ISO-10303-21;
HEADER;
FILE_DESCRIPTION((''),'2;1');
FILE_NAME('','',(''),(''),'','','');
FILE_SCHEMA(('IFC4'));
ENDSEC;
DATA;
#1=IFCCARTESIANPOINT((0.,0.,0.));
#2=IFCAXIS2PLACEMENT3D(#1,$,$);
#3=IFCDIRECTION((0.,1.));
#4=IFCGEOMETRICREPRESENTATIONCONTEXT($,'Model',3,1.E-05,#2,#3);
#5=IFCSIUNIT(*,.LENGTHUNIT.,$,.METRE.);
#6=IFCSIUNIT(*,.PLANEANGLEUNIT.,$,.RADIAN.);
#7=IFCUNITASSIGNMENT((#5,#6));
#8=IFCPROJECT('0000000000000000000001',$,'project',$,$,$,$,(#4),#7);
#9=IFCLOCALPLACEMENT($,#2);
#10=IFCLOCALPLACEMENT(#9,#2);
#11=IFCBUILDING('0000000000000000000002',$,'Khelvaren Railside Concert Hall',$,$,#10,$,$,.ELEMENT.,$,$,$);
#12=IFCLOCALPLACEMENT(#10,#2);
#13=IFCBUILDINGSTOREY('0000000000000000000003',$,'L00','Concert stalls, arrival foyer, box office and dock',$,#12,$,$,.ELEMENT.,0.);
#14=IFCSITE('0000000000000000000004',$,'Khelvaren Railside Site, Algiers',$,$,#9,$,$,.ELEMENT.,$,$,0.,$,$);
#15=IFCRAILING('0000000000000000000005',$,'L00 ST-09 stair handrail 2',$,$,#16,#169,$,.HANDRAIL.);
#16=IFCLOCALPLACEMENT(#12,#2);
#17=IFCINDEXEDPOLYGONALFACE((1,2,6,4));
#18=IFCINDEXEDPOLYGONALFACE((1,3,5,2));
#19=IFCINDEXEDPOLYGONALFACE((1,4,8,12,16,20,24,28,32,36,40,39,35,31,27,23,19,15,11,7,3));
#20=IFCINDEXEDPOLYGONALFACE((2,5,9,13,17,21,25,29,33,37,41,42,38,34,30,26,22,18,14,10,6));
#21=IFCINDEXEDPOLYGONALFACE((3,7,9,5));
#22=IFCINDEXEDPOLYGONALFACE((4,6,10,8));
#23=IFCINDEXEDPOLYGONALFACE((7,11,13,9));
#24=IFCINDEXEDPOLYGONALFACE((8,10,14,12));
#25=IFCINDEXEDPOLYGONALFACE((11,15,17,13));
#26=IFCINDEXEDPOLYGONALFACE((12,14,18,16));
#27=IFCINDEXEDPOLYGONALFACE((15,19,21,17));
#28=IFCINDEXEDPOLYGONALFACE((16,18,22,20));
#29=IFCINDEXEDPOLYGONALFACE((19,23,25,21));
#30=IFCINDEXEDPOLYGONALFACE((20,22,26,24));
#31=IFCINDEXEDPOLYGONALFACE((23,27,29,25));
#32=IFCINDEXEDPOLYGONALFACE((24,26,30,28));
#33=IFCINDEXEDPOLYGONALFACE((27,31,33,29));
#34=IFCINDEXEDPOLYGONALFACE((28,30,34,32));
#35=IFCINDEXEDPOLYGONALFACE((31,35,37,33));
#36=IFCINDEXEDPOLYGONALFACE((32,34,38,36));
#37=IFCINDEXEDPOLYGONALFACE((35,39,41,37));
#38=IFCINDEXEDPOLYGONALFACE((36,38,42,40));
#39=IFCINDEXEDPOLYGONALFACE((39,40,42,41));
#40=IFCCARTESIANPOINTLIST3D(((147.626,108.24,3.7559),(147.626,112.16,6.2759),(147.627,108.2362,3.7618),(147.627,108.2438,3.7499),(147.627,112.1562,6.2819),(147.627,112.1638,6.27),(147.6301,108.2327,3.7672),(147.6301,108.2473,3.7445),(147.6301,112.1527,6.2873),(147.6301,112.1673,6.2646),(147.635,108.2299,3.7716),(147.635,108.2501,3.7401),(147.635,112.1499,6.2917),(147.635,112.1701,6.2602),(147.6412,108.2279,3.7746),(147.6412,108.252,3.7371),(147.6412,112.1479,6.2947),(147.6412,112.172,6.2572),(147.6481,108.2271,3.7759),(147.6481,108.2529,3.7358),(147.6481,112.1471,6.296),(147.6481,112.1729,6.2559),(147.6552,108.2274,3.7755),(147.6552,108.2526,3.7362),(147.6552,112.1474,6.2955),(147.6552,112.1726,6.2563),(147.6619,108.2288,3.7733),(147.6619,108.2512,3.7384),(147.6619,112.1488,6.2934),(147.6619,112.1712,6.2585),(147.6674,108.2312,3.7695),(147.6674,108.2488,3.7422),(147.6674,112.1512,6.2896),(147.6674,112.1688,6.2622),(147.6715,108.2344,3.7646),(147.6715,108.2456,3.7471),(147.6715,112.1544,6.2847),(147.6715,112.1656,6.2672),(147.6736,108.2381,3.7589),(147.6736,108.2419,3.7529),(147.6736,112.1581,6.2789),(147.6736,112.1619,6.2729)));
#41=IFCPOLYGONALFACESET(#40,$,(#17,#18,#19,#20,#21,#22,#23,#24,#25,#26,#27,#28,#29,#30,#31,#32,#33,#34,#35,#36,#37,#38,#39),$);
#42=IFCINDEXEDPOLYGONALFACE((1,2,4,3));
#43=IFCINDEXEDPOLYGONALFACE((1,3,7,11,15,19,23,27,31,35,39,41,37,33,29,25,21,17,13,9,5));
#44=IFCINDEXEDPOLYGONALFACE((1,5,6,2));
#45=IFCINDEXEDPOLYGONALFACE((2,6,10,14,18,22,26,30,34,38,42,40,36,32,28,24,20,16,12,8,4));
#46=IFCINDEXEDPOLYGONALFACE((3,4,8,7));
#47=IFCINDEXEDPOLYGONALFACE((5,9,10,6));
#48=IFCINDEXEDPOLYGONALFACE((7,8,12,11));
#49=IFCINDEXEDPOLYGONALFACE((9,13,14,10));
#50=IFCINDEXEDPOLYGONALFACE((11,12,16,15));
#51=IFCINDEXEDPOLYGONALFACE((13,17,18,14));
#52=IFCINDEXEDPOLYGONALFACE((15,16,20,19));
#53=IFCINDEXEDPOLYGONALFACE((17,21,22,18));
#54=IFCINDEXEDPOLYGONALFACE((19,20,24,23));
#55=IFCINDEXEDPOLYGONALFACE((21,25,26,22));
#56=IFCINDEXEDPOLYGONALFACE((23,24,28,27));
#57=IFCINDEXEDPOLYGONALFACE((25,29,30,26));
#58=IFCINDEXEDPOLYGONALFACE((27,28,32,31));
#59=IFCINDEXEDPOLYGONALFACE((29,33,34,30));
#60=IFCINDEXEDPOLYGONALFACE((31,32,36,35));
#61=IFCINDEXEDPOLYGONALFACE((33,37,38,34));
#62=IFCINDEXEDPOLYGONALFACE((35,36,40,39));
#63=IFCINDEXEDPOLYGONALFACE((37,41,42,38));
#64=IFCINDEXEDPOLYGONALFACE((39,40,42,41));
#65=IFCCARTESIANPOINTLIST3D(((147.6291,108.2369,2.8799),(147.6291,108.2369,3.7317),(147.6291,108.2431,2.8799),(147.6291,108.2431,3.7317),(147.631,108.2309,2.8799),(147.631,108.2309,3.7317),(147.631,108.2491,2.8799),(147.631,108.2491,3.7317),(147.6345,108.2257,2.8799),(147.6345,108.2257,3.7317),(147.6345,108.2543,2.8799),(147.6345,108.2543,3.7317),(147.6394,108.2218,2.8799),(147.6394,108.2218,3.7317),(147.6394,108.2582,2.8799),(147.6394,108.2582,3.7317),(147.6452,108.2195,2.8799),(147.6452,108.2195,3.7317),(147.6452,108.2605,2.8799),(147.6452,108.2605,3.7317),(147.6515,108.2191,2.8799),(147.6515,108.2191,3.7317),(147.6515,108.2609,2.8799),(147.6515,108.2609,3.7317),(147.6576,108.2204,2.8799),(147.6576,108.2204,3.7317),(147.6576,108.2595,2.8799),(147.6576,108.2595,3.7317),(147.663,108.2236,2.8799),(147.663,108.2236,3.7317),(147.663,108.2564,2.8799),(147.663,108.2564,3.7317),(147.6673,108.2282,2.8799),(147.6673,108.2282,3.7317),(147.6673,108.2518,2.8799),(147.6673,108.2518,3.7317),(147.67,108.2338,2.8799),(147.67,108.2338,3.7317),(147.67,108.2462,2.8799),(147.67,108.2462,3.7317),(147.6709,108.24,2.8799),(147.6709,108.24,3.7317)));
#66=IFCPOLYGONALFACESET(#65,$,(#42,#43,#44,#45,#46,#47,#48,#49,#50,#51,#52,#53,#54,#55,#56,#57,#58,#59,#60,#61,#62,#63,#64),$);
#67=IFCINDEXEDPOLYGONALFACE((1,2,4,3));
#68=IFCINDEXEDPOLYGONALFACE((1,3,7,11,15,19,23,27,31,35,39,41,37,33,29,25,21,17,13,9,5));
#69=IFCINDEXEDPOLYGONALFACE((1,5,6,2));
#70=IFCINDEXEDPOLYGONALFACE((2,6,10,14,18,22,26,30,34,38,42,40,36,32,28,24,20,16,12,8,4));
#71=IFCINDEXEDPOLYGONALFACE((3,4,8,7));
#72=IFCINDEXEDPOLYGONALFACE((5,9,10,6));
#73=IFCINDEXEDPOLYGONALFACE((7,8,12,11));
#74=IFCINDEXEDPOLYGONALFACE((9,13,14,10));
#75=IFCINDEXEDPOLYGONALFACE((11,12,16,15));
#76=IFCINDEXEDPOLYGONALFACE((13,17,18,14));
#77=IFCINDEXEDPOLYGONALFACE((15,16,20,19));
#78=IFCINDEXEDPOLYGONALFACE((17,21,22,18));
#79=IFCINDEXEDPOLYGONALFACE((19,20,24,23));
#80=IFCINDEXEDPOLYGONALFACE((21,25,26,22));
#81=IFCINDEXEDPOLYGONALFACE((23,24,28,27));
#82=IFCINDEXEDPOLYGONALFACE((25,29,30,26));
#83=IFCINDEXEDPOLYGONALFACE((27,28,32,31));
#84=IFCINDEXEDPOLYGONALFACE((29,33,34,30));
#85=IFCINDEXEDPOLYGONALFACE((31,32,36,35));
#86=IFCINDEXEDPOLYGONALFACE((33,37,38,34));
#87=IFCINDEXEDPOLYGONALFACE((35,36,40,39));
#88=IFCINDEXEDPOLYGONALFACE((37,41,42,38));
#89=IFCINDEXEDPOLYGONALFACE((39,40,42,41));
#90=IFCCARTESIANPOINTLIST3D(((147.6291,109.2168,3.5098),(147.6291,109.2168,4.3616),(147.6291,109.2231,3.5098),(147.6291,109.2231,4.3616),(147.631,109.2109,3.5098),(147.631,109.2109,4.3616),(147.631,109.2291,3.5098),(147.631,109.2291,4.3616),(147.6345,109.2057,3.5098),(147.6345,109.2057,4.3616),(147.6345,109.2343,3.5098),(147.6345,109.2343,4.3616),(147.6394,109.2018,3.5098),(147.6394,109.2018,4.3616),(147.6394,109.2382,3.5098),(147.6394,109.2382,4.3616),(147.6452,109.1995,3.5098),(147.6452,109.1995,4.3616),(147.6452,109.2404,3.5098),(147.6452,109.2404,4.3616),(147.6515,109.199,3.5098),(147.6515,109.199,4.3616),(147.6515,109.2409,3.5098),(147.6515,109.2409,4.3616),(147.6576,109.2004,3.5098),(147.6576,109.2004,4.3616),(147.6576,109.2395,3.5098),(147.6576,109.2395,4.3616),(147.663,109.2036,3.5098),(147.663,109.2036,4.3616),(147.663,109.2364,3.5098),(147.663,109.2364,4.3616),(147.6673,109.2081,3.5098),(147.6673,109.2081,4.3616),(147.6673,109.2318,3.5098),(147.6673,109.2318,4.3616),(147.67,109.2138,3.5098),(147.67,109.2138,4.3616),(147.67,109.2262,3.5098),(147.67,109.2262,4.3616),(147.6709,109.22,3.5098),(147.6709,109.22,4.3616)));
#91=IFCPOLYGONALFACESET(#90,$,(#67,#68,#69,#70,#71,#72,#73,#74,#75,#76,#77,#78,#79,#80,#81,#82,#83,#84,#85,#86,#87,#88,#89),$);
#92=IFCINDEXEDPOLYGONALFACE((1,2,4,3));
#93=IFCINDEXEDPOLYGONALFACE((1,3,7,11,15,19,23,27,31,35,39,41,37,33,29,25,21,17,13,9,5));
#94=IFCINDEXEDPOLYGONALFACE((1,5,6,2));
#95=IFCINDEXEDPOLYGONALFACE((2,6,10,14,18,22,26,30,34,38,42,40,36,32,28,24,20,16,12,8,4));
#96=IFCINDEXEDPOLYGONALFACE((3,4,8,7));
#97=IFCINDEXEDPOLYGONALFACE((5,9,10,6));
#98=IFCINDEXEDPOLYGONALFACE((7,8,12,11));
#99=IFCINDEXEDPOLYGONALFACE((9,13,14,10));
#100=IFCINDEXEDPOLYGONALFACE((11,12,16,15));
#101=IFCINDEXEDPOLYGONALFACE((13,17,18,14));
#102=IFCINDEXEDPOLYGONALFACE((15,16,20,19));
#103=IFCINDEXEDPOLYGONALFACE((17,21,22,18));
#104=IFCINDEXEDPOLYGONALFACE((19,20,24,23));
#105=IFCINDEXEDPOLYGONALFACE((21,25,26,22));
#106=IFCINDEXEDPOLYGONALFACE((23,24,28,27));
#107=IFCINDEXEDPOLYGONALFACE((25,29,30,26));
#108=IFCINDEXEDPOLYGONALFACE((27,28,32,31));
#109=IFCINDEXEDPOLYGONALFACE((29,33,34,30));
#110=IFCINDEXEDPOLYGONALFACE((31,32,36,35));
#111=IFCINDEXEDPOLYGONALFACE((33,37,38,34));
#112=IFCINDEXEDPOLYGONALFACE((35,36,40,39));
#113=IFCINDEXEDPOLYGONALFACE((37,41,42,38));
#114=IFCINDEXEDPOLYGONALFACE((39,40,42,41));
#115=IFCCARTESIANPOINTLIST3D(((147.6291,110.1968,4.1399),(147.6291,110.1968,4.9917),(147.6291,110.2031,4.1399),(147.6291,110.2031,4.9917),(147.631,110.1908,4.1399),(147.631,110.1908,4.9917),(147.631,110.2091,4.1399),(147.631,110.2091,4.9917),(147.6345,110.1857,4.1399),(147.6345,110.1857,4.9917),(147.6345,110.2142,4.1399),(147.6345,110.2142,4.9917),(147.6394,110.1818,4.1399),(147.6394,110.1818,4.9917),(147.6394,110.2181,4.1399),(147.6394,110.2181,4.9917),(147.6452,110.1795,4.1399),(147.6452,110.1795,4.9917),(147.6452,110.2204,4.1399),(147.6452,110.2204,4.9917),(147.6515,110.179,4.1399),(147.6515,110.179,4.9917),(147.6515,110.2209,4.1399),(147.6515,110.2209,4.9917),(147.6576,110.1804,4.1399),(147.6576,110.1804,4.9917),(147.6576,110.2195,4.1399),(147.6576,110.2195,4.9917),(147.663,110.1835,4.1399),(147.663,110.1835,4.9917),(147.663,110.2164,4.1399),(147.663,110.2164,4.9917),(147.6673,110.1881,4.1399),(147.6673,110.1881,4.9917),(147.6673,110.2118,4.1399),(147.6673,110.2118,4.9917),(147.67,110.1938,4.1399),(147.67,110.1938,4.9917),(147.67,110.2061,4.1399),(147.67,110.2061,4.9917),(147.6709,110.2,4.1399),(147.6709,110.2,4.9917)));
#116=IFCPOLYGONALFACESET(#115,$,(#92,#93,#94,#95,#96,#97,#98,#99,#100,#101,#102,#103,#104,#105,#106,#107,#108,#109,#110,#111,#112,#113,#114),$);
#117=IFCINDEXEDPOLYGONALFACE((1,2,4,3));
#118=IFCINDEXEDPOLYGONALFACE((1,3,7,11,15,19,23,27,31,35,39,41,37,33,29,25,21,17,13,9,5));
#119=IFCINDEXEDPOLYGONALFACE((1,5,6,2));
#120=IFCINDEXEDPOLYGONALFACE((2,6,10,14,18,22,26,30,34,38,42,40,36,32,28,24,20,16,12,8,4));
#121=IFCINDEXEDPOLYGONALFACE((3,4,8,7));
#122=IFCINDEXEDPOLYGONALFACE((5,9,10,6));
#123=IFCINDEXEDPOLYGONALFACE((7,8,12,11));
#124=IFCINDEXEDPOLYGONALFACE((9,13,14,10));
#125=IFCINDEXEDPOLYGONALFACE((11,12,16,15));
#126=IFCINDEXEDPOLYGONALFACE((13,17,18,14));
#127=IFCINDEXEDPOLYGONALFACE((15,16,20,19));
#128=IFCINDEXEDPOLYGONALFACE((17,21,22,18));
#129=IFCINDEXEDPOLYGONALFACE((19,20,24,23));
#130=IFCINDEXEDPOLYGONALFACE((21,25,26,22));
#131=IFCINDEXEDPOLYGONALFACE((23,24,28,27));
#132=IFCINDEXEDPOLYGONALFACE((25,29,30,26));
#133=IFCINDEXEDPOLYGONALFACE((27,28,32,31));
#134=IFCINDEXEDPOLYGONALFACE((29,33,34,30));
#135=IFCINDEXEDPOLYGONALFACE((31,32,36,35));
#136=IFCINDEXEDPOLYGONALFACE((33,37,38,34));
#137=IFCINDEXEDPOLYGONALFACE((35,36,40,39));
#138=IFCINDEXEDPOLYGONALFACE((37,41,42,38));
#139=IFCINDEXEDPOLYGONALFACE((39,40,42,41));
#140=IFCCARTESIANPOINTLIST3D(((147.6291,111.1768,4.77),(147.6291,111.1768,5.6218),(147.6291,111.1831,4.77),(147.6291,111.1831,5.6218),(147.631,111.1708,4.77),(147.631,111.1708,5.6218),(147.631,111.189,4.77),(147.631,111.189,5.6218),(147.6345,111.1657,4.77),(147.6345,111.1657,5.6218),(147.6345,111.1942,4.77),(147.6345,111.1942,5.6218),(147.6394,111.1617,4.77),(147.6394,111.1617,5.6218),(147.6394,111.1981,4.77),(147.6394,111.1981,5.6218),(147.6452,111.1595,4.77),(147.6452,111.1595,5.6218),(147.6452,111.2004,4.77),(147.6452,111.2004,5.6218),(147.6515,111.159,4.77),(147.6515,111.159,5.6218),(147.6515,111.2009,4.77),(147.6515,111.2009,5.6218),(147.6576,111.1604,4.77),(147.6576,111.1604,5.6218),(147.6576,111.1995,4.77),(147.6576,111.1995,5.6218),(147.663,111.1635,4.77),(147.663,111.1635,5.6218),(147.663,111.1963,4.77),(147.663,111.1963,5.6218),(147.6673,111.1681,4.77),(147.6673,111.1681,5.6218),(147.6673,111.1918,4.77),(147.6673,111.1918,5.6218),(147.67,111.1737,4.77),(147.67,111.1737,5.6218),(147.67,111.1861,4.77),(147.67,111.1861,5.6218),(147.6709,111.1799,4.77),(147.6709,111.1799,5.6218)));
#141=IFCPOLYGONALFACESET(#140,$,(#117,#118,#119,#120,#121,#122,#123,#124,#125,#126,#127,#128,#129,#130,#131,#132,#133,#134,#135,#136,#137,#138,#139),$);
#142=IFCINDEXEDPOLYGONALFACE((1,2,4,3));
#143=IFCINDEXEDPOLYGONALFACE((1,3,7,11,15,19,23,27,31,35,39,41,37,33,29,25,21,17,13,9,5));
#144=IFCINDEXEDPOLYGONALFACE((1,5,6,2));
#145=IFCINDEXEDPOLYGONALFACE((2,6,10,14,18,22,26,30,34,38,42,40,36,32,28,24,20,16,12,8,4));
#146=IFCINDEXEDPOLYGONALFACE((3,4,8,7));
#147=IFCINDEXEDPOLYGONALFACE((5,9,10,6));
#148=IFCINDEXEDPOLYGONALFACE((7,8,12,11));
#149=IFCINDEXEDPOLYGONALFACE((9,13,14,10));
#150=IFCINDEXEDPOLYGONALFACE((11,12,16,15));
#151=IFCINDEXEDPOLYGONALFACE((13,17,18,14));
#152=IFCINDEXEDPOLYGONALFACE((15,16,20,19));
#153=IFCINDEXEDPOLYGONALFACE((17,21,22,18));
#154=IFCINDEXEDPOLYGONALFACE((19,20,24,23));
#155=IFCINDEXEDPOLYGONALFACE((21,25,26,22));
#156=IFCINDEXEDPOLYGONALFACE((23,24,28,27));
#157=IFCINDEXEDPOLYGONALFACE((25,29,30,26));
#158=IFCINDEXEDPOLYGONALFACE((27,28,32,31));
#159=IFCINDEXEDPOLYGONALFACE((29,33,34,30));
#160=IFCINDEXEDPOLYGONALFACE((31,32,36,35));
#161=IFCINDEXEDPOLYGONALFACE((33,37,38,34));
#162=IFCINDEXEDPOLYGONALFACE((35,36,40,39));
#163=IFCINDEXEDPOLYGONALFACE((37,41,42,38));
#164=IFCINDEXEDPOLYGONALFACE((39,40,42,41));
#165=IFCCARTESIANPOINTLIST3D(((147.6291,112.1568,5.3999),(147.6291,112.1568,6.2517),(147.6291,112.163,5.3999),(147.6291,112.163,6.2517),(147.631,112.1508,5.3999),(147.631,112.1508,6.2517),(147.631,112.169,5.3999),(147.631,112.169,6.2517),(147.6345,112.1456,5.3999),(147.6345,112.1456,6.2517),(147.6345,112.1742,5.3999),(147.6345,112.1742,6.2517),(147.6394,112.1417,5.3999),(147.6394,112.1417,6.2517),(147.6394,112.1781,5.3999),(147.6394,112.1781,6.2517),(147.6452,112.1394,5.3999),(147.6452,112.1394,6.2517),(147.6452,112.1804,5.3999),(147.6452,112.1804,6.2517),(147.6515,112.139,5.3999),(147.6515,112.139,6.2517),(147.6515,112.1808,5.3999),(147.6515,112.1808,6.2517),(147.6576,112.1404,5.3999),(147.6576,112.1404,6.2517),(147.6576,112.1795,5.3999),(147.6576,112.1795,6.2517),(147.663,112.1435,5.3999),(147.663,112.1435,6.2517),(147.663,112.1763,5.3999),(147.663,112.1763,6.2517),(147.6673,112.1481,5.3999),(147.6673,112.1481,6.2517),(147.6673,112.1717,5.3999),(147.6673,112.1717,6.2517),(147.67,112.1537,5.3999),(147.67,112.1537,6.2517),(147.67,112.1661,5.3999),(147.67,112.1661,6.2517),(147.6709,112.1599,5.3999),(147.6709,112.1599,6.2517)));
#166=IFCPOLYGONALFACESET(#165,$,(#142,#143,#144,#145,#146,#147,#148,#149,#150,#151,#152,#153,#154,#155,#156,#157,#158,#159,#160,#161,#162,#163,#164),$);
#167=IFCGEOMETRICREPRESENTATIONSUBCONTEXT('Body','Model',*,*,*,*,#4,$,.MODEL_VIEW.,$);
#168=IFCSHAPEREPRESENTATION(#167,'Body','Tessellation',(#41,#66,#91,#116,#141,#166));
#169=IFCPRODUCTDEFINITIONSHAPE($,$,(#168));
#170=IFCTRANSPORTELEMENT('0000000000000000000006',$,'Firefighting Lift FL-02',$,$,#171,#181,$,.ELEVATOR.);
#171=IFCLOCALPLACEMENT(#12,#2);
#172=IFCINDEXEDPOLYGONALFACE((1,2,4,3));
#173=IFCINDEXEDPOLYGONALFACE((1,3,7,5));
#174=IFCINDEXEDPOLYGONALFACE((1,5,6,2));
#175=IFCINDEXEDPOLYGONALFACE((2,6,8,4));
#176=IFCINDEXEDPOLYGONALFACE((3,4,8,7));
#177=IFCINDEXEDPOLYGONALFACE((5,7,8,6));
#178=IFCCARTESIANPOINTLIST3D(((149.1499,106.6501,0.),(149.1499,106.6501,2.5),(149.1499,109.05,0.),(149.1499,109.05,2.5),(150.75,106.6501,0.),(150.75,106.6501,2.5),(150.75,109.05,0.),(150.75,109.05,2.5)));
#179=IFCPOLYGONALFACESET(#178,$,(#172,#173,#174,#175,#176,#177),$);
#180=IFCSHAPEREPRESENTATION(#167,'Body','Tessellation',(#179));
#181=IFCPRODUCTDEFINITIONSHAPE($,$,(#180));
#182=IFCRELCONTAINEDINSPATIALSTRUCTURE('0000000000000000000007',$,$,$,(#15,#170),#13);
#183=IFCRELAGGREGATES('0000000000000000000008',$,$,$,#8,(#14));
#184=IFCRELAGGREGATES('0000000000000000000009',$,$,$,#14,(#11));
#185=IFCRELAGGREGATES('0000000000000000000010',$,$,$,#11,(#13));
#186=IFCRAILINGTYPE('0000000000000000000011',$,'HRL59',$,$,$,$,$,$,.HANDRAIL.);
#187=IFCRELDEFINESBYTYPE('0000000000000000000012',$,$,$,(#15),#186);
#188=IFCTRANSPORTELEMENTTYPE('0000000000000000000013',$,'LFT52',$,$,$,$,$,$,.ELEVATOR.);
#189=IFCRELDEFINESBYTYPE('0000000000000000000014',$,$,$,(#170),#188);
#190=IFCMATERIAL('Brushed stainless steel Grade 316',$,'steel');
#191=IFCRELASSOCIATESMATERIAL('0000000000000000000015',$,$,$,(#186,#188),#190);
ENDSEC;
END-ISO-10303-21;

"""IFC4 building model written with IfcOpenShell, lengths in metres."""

from ifc_helpers import new_model, si_unit, direction, frame, origin, origin_2d, place, context, subcontext, project, spatial, rectangle, circle, extrude, material, type_object, element, save


model = new_model("IFC4")

# Units and contexts
model_context = context("Model", 3, precision=1e-05, world=origin(), true_north=direction((0.0, 1.0)))
body_context = subcontext(model_context, "Body", "Model", "MODEL_VIEW")
ifc_project = project(units=[si_unit("LENGTHUNIT", "METRE"), si_unit("PLANEANGLEUNIT", "RADIAN")], contexts=[model_context])

# Site, building, storey
site_placement = place(None, origin())
site = spatial("IfcSite", under=ifc_project, at=site_placement, Name="Khelvaren Railside Site, Algiers", CompositionType="ELEMENT", RefElevation=0.0)
building_placement = place(site_placement, origin())
building = spatial("IfcBuilding", under=site, at=building_placement, Name="Khelvaren Railside Concert Hall", CompositionType="ELEMENT")
storey_placement = place(building_placement, origin())
storey = spatial("IfcBuildingStorey", under=building, at=storey_placement, Name="L00", Description="Concert stalls, arrival foyer, box office and dock", CompositionType="ELEMENT", Elevation=0.0)

# Railing
ifc_material_1 = material(Name="Brushed stainless steel Grade 316", Category="steel")
railing_type_1 = type_object("IfcRailingType", Name="HRL59", PredefinedType="HANDRAIL", material=ifc_material_1)
railing_1_placement = place(storey_placement, frame((147.6499, 108.24, 2.8799)))
element("IfcRailing", 1, at=railing_1_placement, inside=storey, type_object=railing_type_1, Name="L00 ST-09 stair handrail 2", PredefinedType="HANDRAIL", context=body_context, shape_type="SweptSolid", body=[
    extrude(circle(Radius=0.0239, at=origin_2d()), frame((0.0, 0.0, 0.876), z_axis=(0.0, 0.841172, 0.540768), x_axis=(-1.0, 0.0, 0.0)), (0.0, 0.0, 1.0), 4.6602),
    extrude(circle(Radius=0.021, at=origin_2d()), origin(), (0.0, 0.0, 1.0), 0.8518),
    extrude(circle(Radius=0.021, at=origin_2d()), frame((0.0, 0.98, 0.6299)), (0.0, 0.0, 1.0), 0.8518),
    extrude(circle(Radius=0.021, at=origin_2d()), frame((0.0, 1.96, 1.26)), (0.0, 0.0, 1.0), 0.8518),
    extrude(circle(Radius=0.021, at=origin_2d()), frame((0.0, 2.9399, 1.8901)), (0.0, 0.0, 1.0), 0.8518),
    extrude(circle(Radius=0.021, at=origin_2d()), frame((0.0, 3.9199, 2.52)), (0.0, 0.0, 1.0), 0.8518),
])

# Transport element
transport_element_type = type_object("IfcTransportElementType", Name="LFT52", PredefinedType="ELEVATOR", material=ifc_material_1)
transport_element_placement = place(storey_placement, frame((149.95, 107.8501, 0.0), z_axis=(0.0, 0.0, 1.0), x_axis=(1.0, 0.0, 0.0)))
element("IfcTransportElement", 2, at=transport_element_placement, inside=storey, type_object=transport_element_type, Name="Firefighting Lift FL-02", PredefinedType="ELEVATOR", context=body_context, shape_type="SweptSolid", body=[
    extrude(rectangle(XDim=1.6001, YDim=2.3999, at=origin_2d()), origin(), (0.0, 0.0, 1.0), 2.5),
])

save(model, "model.ifc")
